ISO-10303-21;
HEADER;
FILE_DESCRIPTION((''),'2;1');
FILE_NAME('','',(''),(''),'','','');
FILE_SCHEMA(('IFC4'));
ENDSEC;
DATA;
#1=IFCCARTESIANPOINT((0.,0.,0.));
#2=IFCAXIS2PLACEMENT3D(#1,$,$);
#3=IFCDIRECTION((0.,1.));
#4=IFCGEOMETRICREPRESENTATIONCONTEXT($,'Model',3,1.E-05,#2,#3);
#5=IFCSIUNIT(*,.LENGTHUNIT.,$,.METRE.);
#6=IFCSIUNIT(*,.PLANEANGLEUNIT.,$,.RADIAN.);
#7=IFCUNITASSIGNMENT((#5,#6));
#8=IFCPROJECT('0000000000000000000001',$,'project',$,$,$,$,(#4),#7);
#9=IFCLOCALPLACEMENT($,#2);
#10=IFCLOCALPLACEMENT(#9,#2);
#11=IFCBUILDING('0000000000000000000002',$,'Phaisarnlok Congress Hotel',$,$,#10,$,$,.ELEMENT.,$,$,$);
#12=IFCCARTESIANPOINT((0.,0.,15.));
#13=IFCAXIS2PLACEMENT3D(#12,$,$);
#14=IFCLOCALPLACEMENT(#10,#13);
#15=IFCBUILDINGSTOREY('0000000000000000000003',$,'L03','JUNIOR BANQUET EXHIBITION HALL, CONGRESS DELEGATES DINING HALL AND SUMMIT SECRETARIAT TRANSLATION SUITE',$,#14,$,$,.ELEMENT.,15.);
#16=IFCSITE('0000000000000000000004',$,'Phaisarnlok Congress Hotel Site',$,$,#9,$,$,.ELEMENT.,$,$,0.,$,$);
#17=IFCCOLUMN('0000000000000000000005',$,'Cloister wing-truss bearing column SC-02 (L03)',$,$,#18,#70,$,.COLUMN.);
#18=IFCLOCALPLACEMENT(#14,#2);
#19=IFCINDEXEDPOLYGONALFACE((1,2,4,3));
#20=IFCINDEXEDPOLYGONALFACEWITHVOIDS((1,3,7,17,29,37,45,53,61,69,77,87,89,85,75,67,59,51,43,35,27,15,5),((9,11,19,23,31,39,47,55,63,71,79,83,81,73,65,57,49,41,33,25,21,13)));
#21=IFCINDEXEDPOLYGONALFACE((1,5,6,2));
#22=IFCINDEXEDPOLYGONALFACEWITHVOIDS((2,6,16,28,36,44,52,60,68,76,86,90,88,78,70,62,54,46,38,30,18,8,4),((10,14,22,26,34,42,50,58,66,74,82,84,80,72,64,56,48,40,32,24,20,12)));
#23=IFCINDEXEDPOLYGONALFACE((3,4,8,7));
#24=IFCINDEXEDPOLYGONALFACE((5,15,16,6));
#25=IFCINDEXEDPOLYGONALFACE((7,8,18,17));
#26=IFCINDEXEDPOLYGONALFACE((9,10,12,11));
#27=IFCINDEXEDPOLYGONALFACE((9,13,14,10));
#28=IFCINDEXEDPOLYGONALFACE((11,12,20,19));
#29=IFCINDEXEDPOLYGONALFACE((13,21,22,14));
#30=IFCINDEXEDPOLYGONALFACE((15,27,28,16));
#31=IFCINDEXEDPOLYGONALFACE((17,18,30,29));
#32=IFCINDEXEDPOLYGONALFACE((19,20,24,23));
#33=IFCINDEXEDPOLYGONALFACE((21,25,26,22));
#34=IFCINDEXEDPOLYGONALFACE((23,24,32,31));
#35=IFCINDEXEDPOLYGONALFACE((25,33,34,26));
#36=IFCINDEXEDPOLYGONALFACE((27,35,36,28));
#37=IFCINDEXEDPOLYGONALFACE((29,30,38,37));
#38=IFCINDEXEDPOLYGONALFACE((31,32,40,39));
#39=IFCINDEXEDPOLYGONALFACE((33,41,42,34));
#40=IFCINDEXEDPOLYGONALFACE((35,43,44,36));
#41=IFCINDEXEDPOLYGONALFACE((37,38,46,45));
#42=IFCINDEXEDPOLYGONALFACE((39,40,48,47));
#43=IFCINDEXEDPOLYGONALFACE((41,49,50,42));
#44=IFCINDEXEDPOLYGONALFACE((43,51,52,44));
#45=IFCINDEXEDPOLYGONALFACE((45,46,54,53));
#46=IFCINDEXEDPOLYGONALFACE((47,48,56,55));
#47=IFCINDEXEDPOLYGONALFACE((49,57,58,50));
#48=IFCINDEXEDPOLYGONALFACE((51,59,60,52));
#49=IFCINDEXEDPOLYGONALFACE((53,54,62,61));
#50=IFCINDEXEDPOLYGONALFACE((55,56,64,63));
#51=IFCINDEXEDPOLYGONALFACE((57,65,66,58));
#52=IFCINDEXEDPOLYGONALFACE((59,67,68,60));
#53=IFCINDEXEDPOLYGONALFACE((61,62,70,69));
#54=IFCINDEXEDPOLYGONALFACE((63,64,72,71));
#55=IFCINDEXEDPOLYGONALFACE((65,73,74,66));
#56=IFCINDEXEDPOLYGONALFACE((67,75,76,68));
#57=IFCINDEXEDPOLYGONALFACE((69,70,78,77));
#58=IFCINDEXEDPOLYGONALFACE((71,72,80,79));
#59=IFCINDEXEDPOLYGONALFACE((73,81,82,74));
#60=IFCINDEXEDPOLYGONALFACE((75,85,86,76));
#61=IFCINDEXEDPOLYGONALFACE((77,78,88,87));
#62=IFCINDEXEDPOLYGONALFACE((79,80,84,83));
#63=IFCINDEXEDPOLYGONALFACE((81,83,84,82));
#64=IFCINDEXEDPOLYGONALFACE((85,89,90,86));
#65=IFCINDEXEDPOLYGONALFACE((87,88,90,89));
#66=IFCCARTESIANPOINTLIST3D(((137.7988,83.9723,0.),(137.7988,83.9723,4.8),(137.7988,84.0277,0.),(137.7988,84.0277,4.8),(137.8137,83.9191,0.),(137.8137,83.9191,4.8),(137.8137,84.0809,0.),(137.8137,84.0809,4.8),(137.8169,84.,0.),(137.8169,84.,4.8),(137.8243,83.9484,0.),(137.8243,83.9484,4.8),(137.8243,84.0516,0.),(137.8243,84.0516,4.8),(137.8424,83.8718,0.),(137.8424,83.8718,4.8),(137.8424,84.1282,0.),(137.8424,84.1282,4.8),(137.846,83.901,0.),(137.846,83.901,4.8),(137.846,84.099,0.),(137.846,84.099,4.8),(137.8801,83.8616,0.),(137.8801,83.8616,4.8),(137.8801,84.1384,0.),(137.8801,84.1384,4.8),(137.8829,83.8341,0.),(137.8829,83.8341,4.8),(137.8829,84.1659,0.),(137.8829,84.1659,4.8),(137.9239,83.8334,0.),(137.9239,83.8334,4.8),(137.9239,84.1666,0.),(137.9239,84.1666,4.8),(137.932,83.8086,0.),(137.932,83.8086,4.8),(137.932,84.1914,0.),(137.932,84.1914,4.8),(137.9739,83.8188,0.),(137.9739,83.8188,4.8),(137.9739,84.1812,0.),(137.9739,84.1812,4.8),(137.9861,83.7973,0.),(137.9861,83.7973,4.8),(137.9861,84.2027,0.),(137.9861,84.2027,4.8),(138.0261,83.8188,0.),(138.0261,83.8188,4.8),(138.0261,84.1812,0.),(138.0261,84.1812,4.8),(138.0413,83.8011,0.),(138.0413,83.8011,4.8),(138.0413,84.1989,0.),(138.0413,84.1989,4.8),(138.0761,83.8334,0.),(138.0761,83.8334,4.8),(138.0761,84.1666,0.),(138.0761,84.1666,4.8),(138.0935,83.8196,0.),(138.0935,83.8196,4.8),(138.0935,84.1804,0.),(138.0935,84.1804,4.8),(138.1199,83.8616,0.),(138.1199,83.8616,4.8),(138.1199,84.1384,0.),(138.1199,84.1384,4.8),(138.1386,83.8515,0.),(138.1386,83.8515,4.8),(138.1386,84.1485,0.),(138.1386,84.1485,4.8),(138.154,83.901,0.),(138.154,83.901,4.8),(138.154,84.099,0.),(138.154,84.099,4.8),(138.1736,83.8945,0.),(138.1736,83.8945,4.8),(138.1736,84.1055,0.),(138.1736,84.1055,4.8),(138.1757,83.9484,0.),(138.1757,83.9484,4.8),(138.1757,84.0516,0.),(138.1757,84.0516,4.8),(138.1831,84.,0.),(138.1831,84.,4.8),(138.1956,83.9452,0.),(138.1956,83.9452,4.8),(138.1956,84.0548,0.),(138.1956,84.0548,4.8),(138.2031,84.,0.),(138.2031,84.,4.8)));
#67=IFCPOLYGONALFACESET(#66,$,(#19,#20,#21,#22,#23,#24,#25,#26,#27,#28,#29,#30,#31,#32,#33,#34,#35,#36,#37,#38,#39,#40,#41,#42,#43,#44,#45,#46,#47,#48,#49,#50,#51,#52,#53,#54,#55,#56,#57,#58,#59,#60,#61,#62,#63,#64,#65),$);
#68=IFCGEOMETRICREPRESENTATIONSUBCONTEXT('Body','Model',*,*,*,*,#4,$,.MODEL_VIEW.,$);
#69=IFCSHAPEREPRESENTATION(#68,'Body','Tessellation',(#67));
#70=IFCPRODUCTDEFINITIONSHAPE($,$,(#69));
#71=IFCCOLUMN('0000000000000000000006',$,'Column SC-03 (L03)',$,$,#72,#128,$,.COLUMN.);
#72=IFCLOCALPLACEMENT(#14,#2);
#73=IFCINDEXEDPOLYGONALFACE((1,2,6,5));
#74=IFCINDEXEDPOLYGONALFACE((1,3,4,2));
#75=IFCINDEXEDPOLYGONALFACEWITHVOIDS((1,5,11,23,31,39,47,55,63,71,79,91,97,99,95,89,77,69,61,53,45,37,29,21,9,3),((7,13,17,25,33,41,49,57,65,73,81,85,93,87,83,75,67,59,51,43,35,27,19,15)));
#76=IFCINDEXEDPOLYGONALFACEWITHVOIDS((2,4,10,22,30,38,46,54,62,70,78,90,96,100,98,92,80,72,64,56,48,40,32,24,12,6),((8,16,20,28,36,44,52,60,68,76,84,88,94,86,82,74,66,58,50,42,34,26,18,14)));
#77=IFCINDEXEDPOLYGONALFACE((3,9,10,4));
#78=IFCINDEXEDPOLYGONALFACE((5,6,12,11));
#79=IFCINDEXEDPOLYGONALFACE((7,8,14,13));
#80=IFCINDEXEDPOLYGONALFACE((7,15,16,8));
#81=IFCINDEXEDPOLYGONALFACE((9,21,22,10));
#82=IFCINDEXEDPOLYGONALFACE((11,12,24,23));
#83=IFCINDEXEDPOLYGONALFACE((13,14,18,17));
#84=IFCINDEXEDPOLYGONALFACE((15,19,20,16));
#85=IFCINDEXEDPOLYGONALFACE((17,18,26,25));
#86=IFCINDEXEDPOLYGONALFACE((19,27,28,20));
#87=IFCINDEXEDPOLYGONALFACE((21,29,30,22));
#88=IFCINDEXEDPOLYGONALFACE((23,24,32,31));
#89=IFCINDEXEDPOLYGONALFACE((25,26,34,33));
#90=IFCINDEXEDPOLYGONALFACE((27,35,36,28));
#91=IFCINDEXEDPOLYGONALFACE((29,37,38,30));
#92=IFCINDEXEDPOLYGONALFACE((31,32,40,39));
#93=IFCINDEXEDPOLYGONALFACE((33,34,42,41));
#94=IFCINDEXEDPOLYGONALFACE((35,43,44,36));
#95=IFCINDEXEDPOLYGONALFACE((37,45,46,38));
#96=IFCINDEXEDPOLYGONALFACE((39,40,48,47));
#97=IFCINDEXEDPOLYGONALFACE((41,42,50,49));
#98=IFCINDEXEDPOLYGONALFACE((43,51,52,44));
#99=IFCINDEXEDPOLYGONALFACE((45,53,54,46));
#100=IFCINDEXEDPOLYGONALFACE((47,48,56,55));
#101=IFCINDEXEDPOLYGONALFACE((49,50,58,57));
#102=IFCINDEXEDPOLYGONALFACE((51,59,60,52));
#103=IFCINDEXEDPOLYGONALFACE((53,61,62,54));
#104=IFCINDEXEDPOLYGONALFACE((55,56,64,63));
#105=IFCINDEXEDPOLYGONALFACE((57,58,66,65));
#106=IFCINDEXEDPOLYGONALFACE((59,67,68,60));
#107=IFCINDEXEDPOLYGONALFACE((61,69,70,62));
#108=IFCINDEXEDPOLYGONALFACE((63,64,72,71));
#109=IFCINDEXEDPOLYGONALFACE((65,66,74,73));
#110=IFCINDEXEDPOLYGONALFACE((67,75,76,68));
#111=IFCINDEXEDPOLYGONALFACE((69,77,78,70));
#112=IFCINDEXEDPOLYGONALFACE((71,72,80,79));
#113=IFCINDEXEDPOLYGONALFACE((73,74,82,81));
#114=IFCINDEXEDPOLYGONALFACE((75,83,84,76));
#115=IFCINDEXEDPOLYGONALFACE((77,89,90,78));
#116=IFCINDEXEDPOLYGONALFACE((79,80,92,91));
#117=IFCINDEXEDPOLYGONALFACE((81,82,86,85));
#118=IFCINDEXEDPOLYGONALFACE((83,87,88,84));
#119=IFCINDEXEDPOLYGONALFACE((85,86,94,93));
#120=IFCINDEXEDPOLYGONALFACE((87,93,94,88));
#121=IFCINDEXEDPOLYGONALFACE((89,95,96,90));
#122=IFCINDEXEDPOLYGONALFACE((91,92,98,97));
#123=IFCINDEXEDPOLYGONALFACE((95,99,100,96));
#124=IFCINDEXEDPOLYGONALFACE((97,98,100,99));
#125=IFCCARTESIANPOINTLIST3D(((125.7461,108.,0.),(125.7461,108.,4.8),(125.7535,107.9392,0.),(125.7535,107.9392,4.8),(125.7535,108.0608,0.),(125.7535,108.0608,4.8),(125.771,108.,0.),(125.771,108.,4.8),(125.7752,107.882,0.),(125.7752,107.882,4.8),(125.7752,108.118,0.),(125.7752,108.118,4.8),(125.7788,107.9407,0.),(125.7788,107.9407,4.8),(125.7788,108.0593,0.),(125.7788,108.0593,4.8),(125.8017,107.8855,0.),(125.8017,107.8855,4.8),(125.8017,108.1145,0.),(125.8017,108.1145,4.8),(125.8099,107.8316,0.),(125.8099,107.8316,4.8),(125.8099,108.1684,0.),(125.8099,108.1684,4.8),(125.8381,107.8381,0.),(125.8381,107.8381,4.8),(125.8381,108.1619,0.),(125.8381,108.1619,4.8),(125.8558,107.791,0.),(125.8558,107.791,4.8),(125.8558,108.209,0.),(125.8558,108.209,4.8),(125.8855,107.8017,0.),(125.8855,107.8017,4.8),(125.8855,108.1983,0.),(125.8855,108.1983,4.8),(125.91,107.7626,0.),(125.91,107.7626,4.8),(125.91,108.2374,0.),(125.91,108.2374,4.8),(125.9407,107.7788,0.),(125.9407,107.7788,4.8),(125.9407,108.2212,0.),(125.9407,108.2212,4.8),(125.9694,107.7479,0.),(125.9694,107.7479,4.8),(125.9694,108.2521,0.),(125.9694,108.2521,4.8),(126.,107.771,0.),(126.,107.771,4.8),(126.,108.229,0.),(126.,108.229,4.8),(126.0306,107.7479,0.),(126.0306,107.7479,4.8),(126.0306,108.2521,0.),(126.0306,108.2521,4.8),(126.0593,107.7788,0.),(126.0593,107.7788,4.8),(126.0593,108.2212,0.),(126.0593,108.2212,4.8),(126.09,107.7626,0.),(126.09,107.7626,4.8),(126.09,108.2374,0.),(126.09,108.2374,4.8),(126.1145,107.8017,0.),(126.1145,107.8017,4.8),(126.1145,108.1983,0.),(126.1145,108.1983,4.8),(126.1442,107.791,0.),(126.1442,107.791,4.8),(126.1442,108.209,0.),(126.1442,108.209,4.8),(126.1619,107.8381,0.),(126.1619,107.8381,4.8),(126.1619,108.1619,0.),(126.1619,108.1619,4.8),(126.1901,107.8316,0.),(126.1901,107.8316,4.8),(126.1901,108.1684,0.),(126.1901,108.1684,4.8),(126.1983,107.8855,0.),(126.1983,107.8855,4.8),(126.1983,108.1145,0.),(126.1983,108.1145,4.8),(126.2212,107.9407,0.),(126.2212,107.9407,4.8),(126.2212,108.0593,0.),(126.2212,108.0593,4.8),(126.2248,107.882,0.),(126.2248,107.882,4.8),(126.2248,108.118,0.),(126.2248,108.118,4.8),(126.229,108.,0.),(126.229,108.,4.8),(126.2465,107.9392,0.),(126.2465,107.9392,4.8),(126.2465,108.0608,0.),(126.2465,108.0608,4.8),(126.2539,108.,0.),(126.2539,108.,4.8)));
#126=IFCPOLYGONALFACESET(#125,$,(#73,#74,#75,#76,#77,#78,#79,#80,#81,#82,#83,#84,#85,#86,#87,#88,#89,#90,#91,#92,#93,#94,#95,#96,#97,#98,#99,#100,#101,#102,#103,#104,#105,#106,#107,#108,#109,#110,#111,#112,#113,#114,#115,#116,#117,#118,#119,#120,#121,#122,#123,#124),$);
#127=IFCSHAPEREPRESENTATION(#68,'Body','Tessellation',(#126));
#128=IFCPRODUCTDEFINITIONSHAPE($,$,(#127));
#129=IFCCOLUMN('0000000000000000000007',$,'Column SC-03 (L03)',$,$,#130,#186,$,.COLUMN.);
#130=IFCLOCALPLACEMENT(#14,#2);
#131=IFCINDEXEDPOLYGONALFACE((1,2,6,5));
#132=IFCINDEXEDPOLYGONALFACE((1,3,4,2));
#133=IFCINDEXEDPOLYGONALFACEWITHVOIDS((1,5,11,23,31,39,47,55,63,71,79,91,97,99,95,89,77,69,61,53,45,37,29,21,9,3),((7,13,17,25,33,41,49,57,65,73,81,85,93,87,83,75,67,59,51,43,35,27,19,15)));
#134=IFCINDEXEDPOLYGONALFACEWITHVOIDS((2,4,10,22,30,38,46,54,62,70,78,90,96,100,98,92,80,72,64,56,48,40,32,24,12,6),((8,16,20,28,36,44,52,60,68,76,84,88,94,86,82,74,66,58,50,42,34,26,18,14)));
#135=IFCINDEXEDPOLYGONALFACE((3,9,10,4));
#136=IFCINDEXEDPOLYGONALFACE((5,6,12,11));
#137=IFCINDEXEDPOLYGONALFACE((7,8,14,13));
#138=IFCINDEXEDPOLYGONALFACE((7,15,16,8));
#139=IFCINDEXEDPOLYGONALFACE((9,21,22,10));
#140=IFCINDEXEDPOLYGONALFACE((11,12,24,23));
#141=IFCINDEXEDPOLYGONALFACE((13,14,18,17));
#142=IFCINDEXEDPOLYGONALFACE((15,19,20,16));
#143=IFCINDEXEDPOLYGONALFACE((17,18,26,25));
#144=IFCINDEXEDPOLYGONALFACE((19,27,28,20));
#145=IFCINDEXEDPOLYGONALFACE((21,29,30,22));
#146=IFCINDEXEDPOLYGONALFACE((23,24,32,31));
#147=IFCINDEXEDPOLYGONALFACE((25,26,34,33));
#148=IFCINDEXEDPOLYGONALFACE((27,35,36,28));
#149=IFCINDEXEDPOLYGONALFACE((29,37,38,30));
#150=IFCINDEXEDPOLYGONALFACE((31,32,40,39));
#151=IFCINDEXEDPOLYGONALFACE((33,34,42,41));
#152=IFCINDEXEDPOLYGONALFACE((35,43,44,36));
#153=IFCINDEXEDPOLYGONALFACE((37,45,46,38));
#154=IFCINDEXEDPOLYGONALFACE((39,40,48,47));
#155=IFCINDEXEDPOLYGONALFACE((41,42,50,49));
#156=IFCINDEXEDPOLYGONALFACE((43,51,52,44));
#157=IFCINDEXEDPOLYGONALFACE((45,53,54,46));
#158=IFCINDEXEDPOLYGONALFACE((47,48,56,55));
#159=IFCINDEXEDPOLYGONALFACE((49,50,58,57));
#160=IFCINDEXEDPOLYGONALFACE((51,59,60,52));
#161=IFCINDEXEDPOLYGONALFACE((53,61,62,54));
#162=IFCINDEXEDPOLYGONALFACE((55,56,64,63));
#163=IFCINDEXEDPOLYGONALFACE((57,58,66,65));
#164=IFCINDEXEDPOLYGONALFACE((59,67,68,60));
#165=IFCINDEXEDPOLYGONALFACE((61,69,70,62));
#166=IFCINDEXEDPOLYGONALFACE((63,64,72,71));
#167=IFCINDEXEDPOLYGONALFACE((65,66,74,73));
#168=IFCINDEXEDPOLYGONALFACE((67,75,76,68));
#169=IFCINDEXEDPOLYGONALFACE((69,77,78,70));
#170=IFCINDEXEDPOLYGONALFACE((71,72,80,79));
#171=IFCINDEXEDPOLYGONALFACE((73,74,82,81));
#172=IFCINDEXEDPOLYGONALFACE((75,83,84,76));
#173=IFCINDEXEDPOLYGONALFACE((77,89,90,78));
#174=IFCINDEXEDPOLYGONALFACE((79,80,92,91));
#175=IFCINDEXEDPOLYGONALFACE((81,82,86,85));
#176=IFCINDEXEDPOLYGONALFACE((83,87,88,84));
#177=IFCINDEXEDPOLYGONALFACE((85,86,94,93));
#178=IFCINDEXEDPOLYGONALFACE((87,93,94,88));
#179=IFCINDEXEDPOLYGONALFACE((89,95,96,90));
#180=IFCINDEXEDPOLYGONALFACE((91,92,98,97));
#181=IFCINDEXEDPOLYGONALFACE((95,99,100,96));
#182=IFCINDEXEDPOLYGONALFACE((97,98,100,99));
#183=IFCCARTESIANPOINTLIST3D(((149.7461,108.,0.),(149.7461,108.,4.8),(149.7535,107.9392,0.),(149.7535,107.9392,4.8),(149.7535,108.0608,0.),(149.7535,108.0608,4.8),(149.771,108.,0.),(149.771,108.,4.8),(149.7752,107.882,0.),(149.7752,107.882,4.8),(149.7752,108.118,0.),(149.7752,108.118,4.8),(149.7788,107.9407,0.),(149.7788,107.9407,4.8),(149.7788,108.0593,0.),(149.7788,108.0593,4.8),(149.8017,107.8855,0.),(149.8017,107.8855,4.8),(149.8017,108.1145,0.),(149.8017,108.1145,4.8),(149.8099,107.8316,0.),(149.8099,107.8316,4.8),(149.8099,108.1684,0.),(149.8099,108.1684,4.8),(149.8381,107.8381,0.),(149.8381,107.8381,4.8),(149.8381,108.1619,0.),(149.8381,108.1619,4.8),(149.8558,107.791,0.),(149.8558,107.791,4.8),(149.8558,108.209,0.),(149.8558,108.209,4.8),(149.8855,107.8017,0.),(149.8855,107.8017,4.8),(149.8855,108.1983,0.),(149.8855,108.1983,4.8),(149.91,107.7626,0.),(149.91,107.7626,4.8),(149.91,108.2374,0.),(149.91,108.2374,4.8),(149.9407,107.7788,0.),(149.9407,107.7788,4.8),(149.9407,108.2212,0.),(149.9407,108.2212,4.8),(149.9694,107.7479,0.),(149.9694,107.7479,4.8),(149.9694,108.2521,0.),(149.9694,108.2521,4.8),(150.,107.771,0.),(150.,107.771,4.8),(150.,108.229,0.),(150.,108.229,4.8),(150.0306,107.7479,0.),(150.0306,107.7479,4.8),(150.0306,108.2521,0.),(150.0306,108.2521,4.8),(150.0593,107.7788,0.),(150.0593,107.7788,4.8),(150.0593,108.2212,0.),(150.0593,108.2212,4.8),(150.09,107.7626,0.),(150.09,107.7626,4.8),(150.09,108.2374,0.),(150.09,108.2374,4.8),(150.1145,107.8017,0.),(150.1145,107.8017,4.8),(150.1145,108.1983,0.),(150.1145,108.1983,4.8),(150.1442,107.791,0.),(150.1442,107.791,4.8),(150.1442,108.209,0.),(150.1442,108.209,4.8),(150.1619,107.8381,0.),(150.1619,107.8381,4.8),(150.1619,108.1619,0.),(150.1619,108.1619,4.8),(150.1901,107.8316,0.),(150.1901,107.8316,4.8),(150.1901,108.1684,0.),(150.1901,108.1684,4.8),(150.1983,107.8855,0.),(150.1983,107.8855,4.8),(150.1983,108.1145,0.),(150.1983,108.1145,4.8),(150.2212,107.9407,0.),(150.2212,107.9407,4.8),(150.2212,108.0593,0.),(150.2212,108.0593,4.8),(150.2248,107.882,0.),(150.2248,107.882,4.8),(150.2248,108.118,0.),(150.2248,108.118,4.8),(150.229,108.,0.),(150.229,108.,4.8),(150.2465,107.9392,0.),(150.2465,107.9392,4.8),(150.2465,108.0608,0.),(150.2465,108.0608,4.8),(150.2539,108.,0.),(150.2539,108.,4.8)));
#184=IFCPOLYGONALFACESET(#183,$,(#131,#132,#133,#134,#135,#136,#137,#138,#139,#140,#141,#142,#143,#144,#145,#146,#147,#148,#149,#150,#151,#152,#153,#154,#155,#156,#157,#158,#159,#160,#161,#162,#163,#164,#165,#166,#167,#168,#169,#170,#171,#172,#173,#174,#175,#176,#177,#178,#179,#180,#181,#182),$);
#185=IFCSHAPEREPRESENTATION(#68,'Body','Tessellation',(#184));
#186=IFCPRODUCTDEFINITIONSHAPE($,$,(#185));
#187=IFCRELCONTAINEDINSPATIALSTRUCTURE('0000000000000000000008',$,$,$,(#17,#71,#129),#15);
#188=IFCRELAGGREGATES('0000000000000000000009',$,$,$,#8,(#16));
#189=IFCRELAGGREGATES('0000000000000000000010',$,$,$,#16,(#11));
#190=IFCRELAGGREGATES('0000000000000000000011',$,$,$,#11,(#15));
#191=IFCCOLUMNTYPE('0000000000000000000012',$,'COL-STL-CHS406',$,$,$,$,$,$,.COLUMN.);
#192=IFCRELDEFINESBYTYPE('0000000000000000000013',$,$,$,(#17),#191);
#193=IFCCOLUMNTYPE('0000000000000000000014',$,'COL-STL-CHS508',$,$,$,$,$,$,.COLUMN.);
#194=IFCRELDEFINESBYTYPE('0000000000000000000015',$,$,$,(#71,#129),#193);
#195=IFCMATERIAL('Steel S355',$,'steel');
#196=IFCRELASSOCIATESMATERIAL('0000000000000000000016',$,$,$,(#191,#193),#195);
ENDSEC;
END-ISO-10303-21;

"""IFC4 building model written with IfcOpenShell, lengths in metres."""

from ifc_helpers import new_model, si_unit, direction, frame, origin, origin_2d, place, context, subcontext, project, spatial, hollow_circle, extrude, material, material_profile, profile_set, type_object, element, save


model = new_model("IFC4")

# Units and contexts
model_context = context("Model", 3, precision=1e-05, world=origin(), true_north=direction((0.0, 1.0)))
body_context = subcontext(model_context, "Body", "Model", "MODEL_VIEW")
ifc_project = project(units=[si_unit("LENGTHUNIT", "METRE"), si_unit("PLANEANGLEUNIT", "RADIAN")], contexts=[model_context])

# Site, building, storey
site_placement = place(None, origin())
site = spatial("IfcSite", under=ifc_project, at=site_placement, Name="Phaisarnlok Congress Hotel Site", CompositionType="ELEMENT", RefElevation=0.0)
building_placement = place(site_placement, origin())
building = spatial("IfcBuilding", under=site, at=building_placement, Name="Phaisarnlok Congress Hotel", CompositionType="ELEMENT")
storey_placement = place(building_placement, frame((0.0, 0.0, 15.0)))
storey = spatial("IfcBuildingStorey", under=building, at=storey_placement, Name="L03", Description="JUNIOR BANQUET EXHIBITION HALL, CONGRESS DELEGATES DINING HALL AND SUMMIT SECRETARIAT TRANSLATION SUITE", CompositionType="ELEMENT", Elevation=15.0)

# Columns
ifc_material_1 = material(Name="Steel S355", Category="steel")
ifc_material_profile_1 = material_profile(ifc_material_1, hollow_circle(Radius=0.2031, WallThickness=0.02, at=origin_2d()), Name="CHS 406.4x20")
ifc_profile_set_1 = profile_set([ifc_material_profile_1], Name="Steel S355")
column_type_1 = type_object("IfcColumnType", Name="COL-STL-CHS406", PredefinedType="COLUMN", material=ifc_profile_set_1)
for number, where, z_axis, x_axis, name in (
    (1, (138.0, 84.0, 0.0), (0.0, 0.0, 1.0), (1.0, 0.0, 0.0), "Cloister wing-truss bearing column SC-02 (L03)"),
):
    element("IfcColumn", number, at=place(storey_placement, frame(where, z_axis=z_axis, x_axis=x_axis)), inside=storey, type_object=column_type_1, Name=name, PredefinedType="COLUMN", context=body_context, shape_type="SweptSolid", body=[
        extrude(hollow_circle(Radius=0.2031, WallThickness=0.02, at=origin_2d()), origin(), (0.0, 0.0, 1.0), 4.8),
    ])
ifc_material_profile_2 = material_profile(ifc_material_1, hollow_circle(Radius=0.2539, WallThickness=0.0249, at=origin_2d()), Name="CHS 508x25")
ifc_profile_set_2 = profile_set([ifc_material_profile_2], Name="Steel S355")
column_type_2 = type_object("IfcColumnType", Name="COL-STL-CHS508", PredefinedType="COLUMN", material=ifc_profile_set_2)
for number, where, z_axis, x_axis, name in (
    (2, (126.0, 108.0, 0.0), (0.0, 0.0, 1.0), (1.0, 0.0, 0.0), "Column SC-03 (L03)"),
    (3, (150.0, 108.0, 0.0), (0.0, 0.0, 1.0), (1.0, 0.0, 0.0), "Column SC-03 (L03)"),
):
    element("IfcColumn", number, at=place(storey_placement, frame(where, z_axis=z_axis, x_axis=x_axis)), inside=storey, type_object=column_type_2, Name=name, PredefinedType="COLUMN", context=body_context, shape_type="SweptSolid", body=[
        extrude(hollow_circle(Radius=0.2539, WallThickness=0.0249, at=origin_2d()), origin(), (0.0, 0.0, 1.0), 4.8),
    ])

save(model, "model.ifc")
